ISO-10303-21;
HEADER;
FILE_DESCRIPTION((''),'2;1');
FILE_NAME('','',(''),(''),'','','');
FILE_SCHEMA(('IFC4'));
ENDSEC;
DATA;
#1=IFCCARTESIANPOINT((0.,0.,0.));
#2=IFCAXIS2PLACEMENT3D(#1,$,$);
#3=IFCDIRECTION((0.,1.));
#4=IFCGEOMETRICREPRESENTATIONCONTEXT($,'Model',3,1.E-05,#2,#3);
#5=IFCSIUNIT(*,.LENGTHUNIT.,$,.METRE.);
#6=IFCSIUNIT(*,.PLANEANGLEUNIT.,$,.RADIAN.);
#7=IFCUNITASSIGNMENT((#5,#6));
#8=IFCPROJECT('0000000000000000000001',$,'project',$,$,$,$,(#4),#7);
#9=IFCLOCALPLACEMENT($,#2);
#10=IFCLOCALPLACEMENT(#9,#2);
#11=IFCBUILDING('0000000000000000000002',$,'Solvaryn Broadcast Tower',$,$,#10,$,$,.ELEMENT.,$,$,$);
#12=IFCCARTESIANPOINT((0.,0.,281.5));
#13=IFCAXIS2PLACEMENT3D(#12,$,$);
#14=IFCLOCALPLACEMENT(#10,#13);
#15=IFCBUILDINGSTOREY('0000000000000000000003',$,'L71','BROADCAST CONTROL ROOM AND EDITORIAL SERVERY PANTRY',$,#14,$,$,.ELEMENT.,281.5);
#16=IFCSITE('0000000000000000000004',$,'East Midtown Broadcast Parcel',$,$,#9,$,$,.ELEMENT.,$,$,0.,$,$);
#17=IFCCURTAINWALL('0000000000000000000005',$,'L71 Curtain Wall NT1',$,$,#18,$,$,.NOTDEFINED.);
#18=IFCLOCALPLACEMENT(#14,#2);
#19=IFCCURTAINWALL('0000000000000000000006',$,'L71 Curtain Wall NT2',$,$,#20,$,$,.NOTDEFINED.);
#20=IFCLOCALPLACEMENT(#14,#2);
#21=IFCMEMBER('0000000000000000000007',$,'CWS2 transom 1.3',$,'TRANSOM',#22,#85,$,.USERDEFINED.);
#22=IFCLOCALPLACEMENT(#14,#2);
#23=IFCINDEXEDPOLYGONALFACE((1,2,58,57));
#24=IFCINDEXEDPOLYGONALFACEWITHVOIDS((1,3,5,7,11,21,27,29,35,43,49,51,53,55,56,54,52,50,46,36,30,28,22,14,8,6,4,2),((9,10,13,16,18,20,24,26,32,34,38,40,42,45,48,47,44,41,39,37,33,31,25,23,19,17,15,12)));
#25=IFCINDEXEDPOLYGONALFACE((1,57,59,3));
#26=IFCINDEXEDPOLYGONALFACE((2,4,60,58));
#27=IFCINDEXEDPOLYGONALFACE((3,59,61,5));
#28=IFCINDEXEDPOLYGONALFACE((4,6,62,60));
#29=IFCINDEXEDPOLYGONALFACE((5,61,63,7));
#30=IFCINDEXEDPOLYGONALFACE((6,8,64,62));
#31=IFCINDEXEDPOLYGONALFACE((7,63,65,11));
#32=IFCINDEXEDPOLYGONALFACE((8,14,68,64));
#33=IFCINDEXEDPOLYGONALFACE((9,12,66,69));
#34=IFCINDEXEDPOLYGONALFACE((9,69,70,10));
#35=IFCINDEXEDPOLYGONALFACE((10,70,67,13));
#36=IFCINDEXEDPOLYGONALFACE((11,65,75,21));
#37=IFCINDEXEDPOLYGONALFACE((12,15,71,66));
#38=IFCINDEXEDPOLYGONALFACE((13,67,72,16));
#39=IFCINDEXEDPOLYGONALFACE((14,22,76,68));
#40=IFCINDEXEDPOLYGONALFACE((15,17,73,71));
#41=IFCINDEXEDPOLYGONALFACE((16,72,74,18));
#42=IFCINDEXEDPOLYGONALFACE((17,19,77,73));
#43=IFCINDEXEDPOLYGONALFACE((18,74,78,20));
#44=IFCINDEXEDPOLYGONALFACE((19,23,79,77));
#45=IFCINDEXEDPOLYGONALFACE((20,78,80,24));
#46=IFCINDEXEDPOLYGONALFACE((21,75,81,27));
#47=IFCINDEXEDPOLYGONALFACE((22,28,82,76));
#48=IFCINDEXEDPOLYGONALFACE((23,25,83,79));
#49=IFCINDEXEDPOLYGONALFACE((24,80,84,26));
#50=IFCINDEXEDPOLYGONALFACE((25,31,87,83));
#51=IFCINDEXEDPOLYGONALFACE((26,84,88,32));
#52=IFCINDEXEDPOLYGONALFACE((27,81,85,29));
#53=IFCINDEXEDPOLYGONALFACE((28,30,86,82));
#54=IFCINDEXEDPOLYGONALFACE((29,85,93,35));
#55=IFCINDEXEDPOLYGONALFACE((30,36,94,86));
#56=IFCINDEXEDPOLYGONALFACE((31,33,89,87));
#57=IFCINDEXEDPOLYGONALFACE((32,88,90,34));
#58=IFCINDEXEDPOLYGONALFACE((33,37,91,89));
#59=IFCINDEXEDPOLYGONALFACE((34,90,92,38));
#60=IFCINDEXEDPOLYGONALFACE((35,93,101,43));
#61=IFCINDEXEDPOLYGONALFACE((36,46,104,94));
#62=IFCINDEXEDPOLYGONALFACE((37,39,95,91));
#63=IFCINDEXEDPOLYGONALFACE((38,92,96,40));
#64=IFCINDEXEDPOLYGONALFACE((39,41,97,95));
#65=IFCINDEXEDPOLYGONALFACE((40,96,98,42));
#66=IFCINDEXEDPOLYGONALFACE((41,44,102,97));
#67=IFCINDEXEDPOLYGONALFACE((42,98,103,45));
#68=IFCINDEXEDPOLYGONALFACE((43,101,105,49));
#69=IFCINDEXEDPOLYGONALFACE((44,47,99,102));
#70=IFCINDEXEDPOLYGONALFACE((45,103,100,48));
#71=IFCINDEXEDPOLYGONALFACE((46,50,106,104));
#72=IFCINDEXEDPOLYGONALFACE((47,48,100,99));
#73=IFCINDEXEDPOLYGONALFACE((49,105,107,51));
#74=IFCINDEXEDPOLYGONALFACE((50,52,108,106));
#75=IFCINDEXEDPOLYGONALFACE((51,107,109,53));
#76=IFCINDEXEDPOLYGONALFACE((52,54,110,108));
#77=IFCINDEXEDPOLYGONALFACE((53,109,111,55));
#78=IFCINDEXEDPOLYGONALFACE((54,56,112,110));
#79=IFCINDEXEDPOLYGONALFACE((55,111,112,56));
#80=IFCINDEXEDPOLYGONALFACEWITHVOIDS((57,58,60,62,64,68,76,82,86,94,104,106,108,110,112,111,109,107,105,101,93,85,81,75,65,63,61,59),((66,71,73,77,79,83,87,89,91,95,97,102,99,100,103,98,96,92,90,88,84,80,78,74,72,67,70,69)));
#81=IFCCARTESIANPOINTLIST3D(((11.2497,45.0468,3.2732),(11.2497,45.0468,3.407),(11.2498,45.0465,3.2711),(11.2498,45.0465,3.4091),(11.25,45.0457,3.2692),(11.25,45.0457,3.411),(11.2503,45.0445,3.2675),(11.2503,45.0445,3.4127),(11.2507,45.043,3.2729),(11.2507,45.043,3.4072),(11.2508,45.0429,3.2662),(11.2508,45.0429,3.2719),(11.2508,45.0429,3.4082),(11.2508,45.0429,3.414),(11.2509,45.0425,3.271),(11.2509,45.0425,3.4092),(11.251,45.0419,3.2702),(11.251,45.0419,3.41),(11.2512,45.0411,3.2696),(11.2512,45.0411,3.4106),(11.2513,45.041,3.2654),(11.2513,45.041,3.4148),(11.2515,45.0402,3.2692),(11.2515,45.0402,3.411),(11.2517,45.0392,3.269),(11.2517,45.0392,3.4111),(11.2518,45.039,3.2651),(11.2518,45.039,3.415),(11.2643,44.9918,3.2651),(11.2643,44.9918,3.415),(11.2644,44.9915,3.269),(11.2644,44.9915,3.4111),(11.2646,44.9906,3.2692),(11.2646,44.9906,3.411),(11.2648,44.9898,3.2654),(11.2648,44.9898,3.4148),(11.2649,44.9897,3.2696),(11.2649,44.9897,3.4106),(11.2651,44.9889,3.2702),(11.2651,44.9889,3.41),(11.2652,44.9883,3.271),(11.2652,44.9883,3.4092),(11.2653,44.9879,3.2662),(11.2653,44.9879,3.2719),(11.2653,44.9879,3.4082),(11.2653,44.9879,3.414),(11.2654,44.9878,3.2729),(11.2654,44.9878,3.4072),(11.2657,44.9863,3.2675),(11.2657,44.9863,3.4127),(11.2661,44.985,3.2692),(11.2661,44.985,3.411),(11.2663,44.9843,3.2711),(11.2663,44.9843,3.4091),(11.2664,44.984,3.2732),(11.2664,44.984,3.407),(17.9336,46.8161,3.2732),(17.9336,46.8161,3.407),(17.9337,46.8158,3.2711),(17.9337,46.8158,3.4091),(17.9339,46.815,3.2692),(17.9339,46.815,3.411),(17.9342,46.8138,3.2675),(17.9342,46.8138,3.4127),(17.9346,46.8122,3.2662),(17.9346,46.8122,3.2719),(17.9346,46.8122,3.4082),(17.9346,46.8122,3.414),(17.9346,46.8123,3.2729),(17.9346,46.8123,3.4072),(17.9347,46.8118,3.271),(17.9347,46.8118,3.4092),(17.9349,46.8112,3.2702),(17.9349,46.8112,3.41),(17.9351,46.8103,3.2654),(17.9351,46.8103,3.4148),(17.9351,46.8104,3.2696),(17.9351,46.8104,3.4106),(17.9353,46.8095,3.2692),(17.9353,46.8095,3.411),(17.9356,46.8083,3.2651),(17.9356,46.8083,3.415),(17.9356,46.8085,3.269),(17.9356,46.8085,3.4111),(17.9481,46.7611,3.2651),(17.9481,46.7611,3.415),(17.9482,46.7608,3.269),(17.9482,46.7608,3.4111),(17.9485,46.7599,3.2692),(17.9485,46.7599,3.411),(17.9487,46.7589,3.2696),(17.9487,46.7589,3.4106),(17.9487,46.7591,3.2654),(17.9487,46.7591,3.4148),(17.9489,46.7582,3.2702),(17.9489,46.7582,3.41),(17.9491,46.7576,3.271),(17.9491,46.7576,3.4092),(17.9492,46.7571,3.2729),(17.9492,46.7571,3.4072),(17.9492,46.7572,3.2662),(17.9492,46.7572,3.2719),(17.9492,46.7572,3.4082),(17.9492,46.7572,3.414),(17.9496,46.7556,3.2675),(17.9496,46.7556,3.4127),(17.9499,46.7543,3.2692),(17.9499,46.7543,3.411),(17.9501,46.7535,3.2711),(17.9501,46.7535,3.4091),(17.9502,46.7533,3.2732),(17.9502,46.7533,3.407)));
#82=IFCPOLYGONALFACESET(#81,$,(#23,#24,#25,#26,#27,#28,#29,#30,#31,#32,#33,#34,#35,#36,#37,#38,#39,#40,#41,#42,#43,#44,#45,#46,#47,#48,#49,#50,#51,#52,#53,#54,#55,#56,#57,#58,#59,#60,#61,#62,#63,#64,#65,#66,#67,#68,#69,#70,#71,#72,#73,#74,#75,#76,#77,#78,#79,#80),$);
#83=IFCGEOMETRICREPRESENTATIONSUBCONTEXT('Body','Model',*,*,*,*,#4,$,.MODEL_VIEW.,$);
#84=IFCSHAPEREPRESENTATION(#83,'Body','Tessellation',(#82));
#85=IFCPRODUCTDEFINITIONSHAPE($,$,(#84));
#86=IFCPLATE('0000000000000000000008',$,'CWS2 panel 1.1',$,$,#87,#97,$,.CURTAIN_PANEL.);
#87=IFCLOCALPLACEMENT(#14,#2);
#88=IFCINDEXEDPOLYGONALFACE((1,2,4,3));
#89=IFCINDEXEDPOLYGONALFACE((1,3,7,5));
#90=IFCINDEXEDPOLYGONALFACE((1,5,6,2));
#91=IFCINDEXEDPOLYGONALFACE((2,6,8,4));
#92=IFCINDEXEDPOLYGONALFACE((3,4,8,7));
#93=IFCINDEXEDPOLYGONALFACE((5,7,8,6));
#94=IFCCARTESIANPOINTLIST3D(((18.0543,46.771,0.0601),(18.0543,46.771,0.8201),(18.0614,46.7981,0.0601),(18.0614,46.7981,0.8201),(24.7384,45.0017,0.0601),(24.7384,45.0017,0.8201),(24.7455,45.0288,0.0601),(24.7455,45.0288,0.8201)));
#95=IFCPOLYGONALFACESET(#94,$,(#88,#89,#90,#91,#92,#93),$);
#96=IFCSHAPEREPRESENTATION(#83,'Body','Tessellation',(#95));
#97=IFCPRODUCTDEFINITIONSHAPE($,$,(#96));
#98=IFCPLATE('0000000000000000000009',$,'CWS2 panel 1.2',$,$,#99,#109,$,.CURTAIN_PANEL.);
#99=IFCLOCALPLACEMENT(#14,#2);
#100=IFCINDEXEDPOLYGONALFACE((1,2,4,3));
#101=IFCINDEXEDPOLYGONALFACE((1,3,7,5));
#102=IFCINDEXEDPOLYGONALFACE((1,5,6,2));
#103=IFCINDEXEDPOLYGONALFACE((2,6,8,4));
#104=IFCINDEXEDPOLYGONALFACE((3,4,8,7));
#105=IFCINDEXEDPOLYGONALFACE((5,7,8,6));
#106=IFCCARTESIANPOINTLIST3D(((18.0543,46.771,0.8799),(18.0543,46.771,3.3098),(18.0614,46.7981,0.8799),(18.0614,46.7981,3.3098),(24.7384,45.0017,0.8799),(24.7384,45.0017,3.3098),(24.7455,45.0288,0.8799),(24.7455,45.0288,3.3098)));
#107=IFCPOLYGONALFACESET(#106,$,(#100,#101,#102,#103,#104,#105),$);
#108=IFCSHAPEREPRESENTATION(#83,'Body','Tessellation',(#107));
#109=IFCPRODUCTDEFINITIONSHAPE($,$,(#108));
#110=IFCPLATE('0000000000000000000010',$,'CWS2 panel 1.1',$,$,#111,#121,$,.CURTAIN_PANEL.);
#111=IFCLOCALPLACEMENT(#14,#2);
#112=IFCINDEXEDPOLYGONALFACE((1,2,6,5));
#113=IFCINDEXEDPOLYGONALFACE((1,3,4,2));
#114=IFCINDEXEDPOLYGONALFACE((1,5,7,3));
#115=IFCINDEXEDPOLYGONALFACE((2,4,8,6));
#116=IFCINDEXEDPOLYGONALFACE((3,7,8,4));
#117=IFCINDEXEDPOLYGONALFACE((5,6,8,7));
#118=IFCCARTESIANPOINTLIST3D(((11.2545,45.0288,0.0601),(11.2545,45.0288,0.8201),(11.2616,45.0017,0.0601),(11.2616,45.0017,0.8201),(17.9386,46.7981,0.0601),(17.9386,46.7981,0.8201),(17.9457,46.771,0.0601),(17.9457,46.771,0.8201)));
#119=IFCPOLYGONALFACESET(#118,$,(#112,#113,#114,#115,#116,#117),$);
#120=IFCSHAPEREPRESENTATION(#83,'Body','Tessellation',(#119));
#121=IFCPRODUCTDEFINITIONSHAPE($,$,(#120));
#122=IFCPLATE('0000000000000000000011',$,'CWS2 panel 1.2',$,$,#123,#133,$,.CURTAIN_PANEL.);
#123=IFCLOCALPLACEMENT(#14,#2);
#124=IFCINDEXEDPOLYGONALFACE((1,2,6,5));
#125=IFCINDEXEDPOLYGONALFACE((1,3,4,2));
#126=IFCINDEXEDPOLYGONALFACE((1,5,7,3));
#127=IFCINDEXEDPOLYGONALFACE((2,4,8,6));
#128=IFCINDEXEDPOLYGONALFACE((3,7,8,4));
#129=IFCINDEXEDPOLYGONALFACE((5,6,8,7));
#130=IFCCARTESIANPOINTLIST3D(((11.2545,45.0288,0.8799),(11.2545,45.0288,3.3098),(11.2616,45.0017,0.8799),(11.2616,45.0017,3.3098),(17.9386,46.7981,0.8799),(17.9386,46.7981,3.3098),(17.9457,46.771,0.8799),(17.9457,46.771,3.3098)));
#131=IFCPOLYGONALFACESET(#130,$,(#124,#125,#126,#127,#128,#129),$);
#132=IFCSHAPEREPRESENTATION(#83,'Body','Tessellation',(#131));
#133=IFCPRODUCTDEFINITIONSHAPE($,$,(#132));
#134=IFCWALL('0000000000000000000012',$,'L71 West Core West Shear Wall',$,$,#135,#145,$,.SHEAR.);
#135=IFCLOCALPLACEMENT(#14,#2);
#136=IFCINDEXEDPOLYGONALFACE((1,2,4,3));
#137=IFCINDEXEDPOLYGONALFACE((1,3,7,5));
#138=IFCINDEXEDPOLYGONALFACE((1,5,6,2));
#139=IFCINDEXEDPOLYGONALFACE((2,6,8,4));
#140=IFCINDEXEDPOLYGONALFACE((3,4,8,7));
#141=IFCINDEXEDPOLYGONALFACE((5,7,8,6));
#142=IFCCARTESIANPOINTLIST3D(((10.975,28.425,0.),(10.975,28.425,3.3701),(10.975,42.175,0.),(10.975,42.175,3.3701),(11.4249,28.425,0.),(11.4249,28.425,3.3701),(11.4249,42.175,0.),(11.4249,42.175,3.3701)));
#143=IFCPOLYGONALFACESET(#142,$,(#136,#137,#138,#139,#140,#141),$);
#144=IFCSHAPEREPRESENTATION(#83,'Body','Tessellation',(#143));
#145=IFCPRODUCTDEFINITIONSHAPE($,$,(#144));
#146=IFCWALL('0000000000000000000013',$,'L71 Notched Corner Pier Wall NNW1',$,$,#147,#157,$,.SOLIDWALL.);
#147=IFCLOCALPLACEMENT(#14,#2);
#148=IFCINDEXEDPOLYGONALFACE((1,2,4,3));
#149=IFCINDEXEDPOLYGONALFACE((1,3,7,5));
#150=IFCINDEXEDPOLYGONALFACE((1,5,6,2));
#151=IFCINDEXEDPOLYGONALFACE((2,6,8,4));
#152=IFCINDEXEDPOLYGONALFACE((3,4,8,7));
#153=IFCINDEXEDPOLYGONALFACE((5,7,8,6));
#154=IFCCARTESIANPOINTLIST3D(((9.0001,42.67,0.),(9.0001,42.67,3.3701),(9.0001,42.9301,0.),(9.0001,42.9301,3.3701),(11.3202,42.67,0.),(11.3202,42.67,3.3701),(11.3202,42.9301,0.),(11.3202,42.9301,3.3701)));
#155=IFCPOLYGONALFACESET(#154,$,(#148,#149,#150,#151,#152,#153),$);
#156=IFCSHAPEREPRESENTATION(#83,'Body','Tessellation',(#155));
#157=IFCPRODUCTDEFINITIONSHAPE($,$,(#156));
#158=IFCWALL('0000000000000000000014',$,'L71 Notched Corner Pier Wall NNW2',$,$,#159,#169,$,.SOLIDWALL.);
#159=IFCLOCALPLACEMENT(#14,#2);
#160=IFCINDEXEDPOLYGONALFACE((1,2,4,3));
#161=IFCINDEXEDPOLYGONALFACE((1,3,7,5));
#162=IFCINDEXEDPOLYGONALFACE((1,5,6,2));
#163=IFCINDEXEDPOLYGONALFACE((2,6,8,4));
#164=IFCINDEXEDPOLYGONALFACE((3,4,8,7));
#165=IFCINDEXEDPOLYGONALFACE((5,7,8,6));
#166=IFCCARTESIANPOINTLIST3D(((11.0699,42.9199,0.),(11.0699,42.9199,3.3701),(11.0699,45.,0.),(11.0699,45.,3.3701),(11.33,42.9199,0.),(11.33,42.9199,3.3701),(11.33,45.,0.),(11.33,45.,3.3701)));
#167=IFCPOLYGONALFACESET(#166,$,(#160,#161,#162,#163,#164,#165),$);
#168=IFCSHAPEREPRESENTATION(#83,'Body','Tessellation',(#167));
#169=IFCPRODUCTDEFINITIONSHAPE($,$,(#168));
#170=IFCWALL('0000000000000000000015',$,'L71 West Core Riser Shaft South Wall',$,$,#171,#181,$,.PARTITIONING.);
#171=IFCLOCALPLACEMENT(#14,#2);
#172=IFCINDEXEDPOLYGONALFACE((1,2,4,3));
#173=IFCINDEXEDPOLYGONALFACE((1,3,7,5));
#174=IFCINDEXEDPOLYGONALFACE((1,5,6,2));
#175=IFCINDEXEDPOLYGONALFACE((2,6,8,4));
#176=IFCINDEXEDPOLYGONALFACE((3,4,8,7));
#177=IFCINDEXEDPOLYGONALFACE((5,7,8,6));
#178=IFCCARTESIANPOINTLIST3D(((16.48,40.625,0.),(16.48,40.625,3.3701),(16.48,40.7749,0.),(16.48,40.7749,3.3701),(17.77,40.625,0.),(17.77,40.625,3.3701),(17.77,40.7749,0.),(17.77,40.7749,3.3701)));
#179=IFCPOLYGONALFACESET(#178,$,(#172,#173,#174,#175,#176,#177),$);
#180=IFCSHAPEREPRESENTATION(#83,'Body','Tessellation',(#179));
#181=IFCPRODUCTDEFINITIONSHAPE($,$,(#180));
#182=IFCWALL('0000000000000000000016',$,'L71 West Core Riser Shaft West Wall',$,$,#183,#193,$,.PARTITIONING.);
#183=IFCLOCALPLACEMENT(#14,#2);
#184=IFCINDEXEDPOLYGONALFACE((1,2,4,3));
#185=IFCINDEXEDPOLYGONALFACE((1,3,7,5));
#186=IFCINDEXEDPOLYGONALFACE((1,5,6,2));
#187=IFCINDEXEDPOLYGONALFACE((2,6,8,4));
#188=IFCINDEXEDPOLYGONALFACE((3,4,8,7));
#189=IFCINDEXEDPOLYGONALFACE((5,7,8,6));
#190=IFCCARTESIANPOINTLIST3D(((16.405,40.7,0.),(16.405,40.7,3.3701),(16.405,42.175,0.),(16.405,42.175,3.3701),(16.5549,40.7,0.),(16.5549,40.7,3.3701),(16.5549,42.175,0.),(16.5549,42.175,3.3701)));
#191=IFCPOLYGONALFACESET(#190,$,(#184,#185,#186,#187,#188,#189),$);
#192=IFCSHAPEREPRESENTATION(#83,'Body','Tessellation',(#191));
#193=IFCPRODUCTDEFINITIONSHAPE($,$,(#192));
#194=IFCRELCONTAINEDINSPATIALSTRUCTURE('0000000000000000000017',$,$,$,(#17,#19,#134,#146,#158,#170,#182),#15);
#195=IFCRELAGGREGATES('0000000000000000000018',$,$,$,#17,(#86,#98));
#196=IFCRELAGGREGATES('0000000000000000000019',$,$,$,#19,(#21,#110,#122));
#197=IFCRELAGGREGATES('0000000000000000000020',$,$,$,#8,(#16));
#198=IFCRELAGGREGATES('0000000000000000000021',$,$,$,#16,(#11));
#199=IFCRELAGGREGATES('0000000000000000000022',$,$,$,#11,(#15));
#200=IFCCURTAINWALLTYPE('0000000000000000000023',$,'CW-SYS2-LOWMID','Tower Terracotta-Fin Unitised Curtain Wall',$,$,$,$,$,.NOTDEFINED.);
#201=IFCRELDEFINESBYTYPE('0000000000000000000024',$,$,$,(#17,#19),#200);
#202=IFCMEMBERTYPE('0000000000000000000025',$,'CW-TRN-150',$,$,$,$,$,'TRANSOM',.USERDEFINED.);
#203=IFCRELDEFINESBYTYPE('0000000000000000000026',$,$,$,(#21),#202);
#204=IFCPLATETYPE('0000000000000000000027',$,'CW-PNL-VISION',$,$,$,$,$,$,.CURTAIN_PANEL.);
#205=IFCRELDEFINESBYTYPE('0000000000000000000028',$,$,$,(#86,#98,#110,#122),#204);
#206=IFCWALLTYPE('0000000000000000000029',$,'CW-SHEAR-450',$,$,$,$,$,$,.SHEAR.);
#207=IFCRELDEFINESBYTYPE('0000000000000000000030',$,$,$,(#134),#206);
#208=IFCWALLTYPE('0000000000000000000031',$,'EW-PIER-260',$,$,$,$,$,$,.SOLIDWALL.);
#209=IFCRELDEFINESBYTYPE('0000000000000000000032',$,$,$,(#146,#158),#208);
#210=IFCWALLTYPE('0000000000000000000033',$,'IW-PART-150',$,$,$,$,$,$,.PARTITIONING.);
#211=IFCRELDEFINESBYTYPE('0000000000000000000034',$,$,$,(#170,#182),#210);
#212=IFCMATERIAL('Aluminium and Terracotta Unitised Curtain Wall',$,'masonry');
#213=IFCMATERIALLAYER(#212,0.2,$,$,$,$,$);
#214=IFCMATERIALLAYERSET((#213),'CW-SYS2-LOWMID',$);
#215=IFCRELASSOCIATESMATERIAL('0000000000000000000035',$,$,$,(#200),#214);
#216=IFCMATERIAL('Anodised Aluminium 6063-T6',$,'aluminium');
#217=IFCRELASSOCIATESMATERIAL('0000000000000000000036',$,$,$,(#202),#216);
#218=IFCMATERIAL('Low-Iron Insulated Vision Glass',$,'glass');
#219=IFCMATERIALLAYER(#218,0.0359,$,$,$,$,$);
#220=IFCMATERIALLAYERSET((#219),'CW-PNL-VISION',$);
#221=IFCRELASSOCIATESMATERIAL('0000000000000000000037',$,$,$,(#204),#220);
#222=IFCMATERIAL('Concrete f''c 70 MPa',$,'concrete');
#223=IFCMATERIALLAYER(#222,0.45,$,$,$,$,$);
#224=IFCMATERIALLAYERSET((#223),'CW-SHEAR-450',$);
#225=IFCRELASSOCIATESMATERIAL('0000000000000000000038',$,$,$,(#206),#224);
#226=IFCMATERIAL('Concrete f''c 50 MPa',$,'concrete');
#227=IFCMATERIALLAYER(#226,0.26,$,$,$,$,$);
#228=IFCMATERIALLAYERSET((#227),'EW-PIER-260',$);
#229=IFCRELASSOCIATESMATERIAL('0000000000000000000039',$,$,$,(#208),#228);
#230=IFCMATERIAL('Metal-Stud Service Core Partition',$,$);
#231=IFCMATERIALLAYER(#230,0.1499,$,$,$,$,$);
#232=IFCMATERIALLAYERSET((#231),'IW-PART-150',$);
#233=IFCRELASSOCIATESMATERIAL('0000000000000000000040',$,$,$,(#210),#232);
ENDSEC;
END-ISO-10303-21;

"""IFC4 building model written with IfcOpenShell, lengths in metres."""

from ifc_helpers import new_model, si_unit, direction, frame, frame_2d, origin, origin_2d, place, context, subcontext, project, spatial, rectangle, hollow_rectangle, extrude, material, layer, layer_set, material_profile, profile_set, type_object, element, aggregate, save


model = new_model("IFC4")

# Units and contexts
model_context = context("Model", 3, precision=1e-05, world=origin(), true_north=direction((0.0, 1.0)))
body_context = subcontext(model_context, "Body", "Model", "MODEL_VIEW")
ifc_project = project(units=[si_unit("LENGTHUNIT", "METRE"), si_unit("PLANEANGLEUNIT", "RADIAN")], contexts=[model_context])

# Site, building, storey
site_placement = place(None, origin())
site = spatial("IfcSite", under=ifc_project, at=site_placement, Name="East Midtown Broadcast Parcel", CompositionType="ELEMENT", RefElevation=0.0)
building_placement = place(site_placement, origin())
building = spatial("IfcBuilding", under=site, at=building_placement, Name="Solvaryn Broadcast Tower", CompositionType="ELEMENT")
storey_placement = place(building_placement, frame((0.0, 0.0, 281.5)))
storey = spatial("IfcBuildingStorey", under=building, at=storey_placement, Name="L71", Description="BROADCAST CONTROL ROOM AND EDITORIAL SERVERY PANTRY", CompositionType="ELEMENT", Elevation=281.5)

# Curtain wall
ifc_material_1 = material(Name="Aluminium and Terracotta Unitised Curtain Wall", Category="masonry")
ifc_layer_1 = layer(ifc_material_1, 0.2)
ifc_layer_set_1 = layer_set([ifc_layer_1], Name="CW-SYS2-LOWMID")
curtain_wall_type = type_object("IfcCurtainWallType", Name="CW-SYS2-LOWMID", Description="Tower Terracotta-Fin Unitised Curtain Wall", PredefinedType="NOTDEFINED", material=ifc_layer_set_1)
curtain_wall_1_placement = place(storey_placement, origin())
curtain_wall_1 = element("IfcCurtainWall", 1, at=curtain_wall_1_placement, inside=storey, type_object=curtain_wall_type, Name="L71 Curtain Wall NT1", PredefinedType="NOTDEFINED")

# Curtain wall
curtain_wall_2_placement = place(storey_placement, origin())
curtain_wall_2 = element("IfcCurtainWall", 2, at=curtain_wall_2_placement, inside=storey, type_object=curtain_wall_type, Name="L71 Curtain Wall NT2", PredefinedType="NOTDEFINED")

# Member
ifc_material_2 = material(Name="Anodised Aluminium 6063-T6", Category="aluminium")
ifc_material_profile_1 = material_profile(ifc_material_2, hollow_rectangle(XDim=0.0649, YDim=0.1499, WallThickness=0.0039, InnerFilletRadius=0.0039, OuterFilletRadius=0.0081, at=origin_2d()))
ifc_profile_set_1 = profile_set([ifc_material_profile_1], Name="Anodised Aluminium 6063-T6")
member_type_1 = type_object("IfcMemberType", Name="CW-TRN-150", ElementType="TRANSOM", PredefinedType="USERDEFINED", material=ifc_profile_set_1)
member_1_placement = place(storey_placement, frame((17.9419, 46.7847, 3.3401), z_axis=(-0.966704, -0.255897, 0.0), x_axis=(0.255897, -0.966704, 0.0)))
member_1 = element("IfcMember", 3, at=member_1_placement, type_object=member_type_1, Name="CWS2 transom 1.3", ObjectType="TRANSOM", PredefinedType="USERDEFINED", context=body_context, shape_type="SweptSolid", body=[
    extrude(hollow_rectangle(XDim=0.0649, YDim=0.1499, WallThickness=0.0039, InnerFilletRadius=0.0039, OuterFilletRadius=0.0081, at=origin_2d()), origin(), (0.0, 0.0, 1.0), 6.9141),
])

# Plates
ifc_material_3 = material(Name="Low-Iron Insulated Vision Glass", Category="glass")
ifc_layer_2 = layer(ifc_material_3, 0.0359)
ifc_layer_set_2 = layer_set([ifc_layer_2], Name="CW-PNL-VISION")
plate_type = type_object("IfcPlateType", Name="CW-PNL-VISION", PredefinedType="CURTAIN_PANEL", material=ifc_layer_set_2)
plate_1_placement = place(storey_placement, frame((21.3999, 45.8999, 0.0601), z_axis=(0.0, 0.0, 1.0), x_axis=(-0.966705, 0.255893, 0.0)))
plate_1 = element("IfcPlate", 4, at=plate_1_placement, type_object=plate_type, Name="CWS2 panel 1.1", PredefinedType="CURTAIN_PANEL", context=body_context, shape_type="SweptSolid", body=[
    extrude(rectangle(XDim=6.9143, YDim=0.0281, at=origin_2d()), origin(), (0.0, 0.0, 1.0), 0.76),
])
plate_2_placement = place(storey_placement, frame((21.3999, 45.8999, 0.8799), z_axis=(0.0, 0.0, 1.0), x_axis=(-0.966705, 0.255893, 0.0)))
plate_2 = element("IfcPlate", 5, at=plate_2_placement, type_object=plate_type, Name="CWS2 panel 1.2", PredefinedType="CURTAIN_PANEL", context=body_context, shape_type="SweptSolid", body=[
    extrude(rectangle(XDim=6.9143, YDim=0.0281, at=origin_2d()), origin(), (0.0, 0.0, 1.0), 2.4299),
])
aggregate(curtain_wall_1, [plate_1, plate_2])
plate_3_placement = place(storey_placement, frame((14.6001, 45.8999, 0.0601), z_axis=(0.0, 0.0, 1.0), x_axis=(-0.966705, -0.255893, 0.0)))
plate_3 = element("IfcPlate", 6, at=plate_3_placement, type_object=plate_type, Name="CWS2 panel 1.1", PredefinedType="CURTAIN_PANEL", context=body_context, shape_type="SweptSolid", body=[
    extrude(rectangle(XDim=6.9143, YDim=0.0281, at=origin_2d()), origin(), (0.0, 0.0, 1.0), 0.76),
])
plate_4_placement = place(storey_placement, frame((14.6001, 45.8999, 0.8799), z_axis=(0.0, 0.0, 1.0), x_axis=(-0.966705, -0.255893, 0.0)))
plate_4 = element("IfcPlate", 7, at=plate_4_placement, type_object=plate_type, Name="CWS2 panel 1.2", PredefinedType="CURTAIN_PANEL", context=body_context, shape_type="SweptSolid", body=[
    extrude(rectangle(XDim=6.9143, YDim=0.0281, at=origin_2d()), origin(), (0.0, 0.0, 1.0), 2.4299),
])
aggregate(curtain_wall_2, [member_1, plate_3, plate_4])

# Walls
ifc_material_4 = material(Name="Concrete f'c 70 MPa", Category="concrete")
ifc_layer_3 = layer(ifc_material_4, 0.45)
ifc_layer_set_3 = layer_set([ifc_layer_3], Name="CW-SHEAR-450")
wall_type_1 = type_object("IfcWallType", Name="CW-SHEAR-450", PredefinedType="SHEAR", material=ifc_layer_set_3)
wall_1_placement = place(storey_placement, frame((11.2, 42.175, 0.0), z_axis=(0.0, 0.0, 1.0), x_axis=(0.0, -1.0, 0.0)))
element("IfcWall", 8, at=wall_1_placement, inside=storey, type_object=wall_type_1, Name="L71 West Core West Shear Wall", PredefinedType="SHEAR", context=body_context, shape_type="SweptSolid", body=[
    extrude(rectangle(XDim=13.75, YDim=0.45, at=frame_2d((6.875, 0.0))), origin(), (0.0, 0.0, 1.0), 3.3701),
])
ifc_material_5 = material(Name="Concrete f'c 50 MPa", Category="concrete")
ifc_layer_4 = layer(ifc_material_5, 0.26)
ifc_layer_set_4 = layer_set([ifc_layer_4], Name="EW-PIER-260")
wall_type_2 = type_object("IfcWallType", Name="EW-PIER-260", PredefinedType="SOLIDWALL", material=ifc_layer_set_4)
wall_2_placement = place(storey_placement, frame((9.0, 42.8, 0.0), z_axis=(0.0, 0.0, 1.0), x_axis=(1.0, 0.0, 0.0)))
element("IfcWall", 9, at=wall_2_placement, inside=storey, type_object=wall_type_2, Name="L71 Notched Corner Pier Wall NNW1", PredefinedType="SOLIDWALL", context=body_context, shape_type="SweptSolid", body=[
    extrude(rectangle(XDim=2.3201, YDim=0.26, at=frame_2d((1.1602, 0.0))), origin(), (0.0, 0.0, 1.0), 3.3701),
])
wall_3_placement = place(storey_placement, frame((11.2, 42.9199, 0.0), z_axis=(0.0, 0.0, 1.0), x_axis=(0.0, 1.0, 0.0)))
element("IfcWall", 10, at=wall_3_placement, inside=storey, type_object=wall_type_2, Name="L71 Notched Corner Pier Wall NNW2", PredefinedType="SOLIDWALL", context=body_context, shape_type="SweptSolid", body=[
    extrude(rectangle(XDim=2.0801, YDim=0.26, at=frame_2d((1.04, 0.0))), origin(), (0.0, 0.0, 1.0), 3.3701),
])
ifc_material_6 = material(Name="Metal-Stud Service Core Partition")
ifc_layer_5 = layer(ifc_material_6, 0.1499)
ifc_layer_set_5 = layer_set([ifc_layer_5], Name="IW-PART-150")
wall_type_3 = type_object("IfcWallType", Name="IW-PART-150", PredefinedType="PARTITIONING", material=ifc_layer_set_5)
wall_4_placement = place(storey_placement, frame((16.48, 40.7, 0.0), z_axis=(0.0, 0.0, 1.0), x_axis=(1.0, 0.0, 0.0)))
element("IfcWall", 11, at=wall_4_placement, inside=storey, type_object=wall_type_3, Name="L71 West Core Riser Shaft South Wall", PredefinedType="PARTITIONING", context=body_context, shape_type="SweptSolid", body=[
    extrude(rectangle(XDim=1.29, YDim=0.1499, at=frame_2d((0.645, 0.0))), origin(), (0.0, 0.0, 1.0), 3.3701),
])
wall_5_placement = place(storey_placement, frame((16.48, 40.7, 0.0), z_axis=(0.0, 0.0, 1.0), x_axis=(0.0, 1.0, 0.0)))
element("IfcWall", 12, at=wall_5_placement, inside=storey, type_object=wall_type_3, Name="L71 West Core Riser Shaft West Wall", PredefinedType="PARTITIONING", context=body_context, shape_type="SweptSolid", body=[
    extrude(rectangle(XDim=1.4751, YDim=0.1499, at=frame_2d((0.7375, 0.0))), origin(), (0.0, 0.0, 1.0), 3.3701),
])

save(model, "model.ifc")
